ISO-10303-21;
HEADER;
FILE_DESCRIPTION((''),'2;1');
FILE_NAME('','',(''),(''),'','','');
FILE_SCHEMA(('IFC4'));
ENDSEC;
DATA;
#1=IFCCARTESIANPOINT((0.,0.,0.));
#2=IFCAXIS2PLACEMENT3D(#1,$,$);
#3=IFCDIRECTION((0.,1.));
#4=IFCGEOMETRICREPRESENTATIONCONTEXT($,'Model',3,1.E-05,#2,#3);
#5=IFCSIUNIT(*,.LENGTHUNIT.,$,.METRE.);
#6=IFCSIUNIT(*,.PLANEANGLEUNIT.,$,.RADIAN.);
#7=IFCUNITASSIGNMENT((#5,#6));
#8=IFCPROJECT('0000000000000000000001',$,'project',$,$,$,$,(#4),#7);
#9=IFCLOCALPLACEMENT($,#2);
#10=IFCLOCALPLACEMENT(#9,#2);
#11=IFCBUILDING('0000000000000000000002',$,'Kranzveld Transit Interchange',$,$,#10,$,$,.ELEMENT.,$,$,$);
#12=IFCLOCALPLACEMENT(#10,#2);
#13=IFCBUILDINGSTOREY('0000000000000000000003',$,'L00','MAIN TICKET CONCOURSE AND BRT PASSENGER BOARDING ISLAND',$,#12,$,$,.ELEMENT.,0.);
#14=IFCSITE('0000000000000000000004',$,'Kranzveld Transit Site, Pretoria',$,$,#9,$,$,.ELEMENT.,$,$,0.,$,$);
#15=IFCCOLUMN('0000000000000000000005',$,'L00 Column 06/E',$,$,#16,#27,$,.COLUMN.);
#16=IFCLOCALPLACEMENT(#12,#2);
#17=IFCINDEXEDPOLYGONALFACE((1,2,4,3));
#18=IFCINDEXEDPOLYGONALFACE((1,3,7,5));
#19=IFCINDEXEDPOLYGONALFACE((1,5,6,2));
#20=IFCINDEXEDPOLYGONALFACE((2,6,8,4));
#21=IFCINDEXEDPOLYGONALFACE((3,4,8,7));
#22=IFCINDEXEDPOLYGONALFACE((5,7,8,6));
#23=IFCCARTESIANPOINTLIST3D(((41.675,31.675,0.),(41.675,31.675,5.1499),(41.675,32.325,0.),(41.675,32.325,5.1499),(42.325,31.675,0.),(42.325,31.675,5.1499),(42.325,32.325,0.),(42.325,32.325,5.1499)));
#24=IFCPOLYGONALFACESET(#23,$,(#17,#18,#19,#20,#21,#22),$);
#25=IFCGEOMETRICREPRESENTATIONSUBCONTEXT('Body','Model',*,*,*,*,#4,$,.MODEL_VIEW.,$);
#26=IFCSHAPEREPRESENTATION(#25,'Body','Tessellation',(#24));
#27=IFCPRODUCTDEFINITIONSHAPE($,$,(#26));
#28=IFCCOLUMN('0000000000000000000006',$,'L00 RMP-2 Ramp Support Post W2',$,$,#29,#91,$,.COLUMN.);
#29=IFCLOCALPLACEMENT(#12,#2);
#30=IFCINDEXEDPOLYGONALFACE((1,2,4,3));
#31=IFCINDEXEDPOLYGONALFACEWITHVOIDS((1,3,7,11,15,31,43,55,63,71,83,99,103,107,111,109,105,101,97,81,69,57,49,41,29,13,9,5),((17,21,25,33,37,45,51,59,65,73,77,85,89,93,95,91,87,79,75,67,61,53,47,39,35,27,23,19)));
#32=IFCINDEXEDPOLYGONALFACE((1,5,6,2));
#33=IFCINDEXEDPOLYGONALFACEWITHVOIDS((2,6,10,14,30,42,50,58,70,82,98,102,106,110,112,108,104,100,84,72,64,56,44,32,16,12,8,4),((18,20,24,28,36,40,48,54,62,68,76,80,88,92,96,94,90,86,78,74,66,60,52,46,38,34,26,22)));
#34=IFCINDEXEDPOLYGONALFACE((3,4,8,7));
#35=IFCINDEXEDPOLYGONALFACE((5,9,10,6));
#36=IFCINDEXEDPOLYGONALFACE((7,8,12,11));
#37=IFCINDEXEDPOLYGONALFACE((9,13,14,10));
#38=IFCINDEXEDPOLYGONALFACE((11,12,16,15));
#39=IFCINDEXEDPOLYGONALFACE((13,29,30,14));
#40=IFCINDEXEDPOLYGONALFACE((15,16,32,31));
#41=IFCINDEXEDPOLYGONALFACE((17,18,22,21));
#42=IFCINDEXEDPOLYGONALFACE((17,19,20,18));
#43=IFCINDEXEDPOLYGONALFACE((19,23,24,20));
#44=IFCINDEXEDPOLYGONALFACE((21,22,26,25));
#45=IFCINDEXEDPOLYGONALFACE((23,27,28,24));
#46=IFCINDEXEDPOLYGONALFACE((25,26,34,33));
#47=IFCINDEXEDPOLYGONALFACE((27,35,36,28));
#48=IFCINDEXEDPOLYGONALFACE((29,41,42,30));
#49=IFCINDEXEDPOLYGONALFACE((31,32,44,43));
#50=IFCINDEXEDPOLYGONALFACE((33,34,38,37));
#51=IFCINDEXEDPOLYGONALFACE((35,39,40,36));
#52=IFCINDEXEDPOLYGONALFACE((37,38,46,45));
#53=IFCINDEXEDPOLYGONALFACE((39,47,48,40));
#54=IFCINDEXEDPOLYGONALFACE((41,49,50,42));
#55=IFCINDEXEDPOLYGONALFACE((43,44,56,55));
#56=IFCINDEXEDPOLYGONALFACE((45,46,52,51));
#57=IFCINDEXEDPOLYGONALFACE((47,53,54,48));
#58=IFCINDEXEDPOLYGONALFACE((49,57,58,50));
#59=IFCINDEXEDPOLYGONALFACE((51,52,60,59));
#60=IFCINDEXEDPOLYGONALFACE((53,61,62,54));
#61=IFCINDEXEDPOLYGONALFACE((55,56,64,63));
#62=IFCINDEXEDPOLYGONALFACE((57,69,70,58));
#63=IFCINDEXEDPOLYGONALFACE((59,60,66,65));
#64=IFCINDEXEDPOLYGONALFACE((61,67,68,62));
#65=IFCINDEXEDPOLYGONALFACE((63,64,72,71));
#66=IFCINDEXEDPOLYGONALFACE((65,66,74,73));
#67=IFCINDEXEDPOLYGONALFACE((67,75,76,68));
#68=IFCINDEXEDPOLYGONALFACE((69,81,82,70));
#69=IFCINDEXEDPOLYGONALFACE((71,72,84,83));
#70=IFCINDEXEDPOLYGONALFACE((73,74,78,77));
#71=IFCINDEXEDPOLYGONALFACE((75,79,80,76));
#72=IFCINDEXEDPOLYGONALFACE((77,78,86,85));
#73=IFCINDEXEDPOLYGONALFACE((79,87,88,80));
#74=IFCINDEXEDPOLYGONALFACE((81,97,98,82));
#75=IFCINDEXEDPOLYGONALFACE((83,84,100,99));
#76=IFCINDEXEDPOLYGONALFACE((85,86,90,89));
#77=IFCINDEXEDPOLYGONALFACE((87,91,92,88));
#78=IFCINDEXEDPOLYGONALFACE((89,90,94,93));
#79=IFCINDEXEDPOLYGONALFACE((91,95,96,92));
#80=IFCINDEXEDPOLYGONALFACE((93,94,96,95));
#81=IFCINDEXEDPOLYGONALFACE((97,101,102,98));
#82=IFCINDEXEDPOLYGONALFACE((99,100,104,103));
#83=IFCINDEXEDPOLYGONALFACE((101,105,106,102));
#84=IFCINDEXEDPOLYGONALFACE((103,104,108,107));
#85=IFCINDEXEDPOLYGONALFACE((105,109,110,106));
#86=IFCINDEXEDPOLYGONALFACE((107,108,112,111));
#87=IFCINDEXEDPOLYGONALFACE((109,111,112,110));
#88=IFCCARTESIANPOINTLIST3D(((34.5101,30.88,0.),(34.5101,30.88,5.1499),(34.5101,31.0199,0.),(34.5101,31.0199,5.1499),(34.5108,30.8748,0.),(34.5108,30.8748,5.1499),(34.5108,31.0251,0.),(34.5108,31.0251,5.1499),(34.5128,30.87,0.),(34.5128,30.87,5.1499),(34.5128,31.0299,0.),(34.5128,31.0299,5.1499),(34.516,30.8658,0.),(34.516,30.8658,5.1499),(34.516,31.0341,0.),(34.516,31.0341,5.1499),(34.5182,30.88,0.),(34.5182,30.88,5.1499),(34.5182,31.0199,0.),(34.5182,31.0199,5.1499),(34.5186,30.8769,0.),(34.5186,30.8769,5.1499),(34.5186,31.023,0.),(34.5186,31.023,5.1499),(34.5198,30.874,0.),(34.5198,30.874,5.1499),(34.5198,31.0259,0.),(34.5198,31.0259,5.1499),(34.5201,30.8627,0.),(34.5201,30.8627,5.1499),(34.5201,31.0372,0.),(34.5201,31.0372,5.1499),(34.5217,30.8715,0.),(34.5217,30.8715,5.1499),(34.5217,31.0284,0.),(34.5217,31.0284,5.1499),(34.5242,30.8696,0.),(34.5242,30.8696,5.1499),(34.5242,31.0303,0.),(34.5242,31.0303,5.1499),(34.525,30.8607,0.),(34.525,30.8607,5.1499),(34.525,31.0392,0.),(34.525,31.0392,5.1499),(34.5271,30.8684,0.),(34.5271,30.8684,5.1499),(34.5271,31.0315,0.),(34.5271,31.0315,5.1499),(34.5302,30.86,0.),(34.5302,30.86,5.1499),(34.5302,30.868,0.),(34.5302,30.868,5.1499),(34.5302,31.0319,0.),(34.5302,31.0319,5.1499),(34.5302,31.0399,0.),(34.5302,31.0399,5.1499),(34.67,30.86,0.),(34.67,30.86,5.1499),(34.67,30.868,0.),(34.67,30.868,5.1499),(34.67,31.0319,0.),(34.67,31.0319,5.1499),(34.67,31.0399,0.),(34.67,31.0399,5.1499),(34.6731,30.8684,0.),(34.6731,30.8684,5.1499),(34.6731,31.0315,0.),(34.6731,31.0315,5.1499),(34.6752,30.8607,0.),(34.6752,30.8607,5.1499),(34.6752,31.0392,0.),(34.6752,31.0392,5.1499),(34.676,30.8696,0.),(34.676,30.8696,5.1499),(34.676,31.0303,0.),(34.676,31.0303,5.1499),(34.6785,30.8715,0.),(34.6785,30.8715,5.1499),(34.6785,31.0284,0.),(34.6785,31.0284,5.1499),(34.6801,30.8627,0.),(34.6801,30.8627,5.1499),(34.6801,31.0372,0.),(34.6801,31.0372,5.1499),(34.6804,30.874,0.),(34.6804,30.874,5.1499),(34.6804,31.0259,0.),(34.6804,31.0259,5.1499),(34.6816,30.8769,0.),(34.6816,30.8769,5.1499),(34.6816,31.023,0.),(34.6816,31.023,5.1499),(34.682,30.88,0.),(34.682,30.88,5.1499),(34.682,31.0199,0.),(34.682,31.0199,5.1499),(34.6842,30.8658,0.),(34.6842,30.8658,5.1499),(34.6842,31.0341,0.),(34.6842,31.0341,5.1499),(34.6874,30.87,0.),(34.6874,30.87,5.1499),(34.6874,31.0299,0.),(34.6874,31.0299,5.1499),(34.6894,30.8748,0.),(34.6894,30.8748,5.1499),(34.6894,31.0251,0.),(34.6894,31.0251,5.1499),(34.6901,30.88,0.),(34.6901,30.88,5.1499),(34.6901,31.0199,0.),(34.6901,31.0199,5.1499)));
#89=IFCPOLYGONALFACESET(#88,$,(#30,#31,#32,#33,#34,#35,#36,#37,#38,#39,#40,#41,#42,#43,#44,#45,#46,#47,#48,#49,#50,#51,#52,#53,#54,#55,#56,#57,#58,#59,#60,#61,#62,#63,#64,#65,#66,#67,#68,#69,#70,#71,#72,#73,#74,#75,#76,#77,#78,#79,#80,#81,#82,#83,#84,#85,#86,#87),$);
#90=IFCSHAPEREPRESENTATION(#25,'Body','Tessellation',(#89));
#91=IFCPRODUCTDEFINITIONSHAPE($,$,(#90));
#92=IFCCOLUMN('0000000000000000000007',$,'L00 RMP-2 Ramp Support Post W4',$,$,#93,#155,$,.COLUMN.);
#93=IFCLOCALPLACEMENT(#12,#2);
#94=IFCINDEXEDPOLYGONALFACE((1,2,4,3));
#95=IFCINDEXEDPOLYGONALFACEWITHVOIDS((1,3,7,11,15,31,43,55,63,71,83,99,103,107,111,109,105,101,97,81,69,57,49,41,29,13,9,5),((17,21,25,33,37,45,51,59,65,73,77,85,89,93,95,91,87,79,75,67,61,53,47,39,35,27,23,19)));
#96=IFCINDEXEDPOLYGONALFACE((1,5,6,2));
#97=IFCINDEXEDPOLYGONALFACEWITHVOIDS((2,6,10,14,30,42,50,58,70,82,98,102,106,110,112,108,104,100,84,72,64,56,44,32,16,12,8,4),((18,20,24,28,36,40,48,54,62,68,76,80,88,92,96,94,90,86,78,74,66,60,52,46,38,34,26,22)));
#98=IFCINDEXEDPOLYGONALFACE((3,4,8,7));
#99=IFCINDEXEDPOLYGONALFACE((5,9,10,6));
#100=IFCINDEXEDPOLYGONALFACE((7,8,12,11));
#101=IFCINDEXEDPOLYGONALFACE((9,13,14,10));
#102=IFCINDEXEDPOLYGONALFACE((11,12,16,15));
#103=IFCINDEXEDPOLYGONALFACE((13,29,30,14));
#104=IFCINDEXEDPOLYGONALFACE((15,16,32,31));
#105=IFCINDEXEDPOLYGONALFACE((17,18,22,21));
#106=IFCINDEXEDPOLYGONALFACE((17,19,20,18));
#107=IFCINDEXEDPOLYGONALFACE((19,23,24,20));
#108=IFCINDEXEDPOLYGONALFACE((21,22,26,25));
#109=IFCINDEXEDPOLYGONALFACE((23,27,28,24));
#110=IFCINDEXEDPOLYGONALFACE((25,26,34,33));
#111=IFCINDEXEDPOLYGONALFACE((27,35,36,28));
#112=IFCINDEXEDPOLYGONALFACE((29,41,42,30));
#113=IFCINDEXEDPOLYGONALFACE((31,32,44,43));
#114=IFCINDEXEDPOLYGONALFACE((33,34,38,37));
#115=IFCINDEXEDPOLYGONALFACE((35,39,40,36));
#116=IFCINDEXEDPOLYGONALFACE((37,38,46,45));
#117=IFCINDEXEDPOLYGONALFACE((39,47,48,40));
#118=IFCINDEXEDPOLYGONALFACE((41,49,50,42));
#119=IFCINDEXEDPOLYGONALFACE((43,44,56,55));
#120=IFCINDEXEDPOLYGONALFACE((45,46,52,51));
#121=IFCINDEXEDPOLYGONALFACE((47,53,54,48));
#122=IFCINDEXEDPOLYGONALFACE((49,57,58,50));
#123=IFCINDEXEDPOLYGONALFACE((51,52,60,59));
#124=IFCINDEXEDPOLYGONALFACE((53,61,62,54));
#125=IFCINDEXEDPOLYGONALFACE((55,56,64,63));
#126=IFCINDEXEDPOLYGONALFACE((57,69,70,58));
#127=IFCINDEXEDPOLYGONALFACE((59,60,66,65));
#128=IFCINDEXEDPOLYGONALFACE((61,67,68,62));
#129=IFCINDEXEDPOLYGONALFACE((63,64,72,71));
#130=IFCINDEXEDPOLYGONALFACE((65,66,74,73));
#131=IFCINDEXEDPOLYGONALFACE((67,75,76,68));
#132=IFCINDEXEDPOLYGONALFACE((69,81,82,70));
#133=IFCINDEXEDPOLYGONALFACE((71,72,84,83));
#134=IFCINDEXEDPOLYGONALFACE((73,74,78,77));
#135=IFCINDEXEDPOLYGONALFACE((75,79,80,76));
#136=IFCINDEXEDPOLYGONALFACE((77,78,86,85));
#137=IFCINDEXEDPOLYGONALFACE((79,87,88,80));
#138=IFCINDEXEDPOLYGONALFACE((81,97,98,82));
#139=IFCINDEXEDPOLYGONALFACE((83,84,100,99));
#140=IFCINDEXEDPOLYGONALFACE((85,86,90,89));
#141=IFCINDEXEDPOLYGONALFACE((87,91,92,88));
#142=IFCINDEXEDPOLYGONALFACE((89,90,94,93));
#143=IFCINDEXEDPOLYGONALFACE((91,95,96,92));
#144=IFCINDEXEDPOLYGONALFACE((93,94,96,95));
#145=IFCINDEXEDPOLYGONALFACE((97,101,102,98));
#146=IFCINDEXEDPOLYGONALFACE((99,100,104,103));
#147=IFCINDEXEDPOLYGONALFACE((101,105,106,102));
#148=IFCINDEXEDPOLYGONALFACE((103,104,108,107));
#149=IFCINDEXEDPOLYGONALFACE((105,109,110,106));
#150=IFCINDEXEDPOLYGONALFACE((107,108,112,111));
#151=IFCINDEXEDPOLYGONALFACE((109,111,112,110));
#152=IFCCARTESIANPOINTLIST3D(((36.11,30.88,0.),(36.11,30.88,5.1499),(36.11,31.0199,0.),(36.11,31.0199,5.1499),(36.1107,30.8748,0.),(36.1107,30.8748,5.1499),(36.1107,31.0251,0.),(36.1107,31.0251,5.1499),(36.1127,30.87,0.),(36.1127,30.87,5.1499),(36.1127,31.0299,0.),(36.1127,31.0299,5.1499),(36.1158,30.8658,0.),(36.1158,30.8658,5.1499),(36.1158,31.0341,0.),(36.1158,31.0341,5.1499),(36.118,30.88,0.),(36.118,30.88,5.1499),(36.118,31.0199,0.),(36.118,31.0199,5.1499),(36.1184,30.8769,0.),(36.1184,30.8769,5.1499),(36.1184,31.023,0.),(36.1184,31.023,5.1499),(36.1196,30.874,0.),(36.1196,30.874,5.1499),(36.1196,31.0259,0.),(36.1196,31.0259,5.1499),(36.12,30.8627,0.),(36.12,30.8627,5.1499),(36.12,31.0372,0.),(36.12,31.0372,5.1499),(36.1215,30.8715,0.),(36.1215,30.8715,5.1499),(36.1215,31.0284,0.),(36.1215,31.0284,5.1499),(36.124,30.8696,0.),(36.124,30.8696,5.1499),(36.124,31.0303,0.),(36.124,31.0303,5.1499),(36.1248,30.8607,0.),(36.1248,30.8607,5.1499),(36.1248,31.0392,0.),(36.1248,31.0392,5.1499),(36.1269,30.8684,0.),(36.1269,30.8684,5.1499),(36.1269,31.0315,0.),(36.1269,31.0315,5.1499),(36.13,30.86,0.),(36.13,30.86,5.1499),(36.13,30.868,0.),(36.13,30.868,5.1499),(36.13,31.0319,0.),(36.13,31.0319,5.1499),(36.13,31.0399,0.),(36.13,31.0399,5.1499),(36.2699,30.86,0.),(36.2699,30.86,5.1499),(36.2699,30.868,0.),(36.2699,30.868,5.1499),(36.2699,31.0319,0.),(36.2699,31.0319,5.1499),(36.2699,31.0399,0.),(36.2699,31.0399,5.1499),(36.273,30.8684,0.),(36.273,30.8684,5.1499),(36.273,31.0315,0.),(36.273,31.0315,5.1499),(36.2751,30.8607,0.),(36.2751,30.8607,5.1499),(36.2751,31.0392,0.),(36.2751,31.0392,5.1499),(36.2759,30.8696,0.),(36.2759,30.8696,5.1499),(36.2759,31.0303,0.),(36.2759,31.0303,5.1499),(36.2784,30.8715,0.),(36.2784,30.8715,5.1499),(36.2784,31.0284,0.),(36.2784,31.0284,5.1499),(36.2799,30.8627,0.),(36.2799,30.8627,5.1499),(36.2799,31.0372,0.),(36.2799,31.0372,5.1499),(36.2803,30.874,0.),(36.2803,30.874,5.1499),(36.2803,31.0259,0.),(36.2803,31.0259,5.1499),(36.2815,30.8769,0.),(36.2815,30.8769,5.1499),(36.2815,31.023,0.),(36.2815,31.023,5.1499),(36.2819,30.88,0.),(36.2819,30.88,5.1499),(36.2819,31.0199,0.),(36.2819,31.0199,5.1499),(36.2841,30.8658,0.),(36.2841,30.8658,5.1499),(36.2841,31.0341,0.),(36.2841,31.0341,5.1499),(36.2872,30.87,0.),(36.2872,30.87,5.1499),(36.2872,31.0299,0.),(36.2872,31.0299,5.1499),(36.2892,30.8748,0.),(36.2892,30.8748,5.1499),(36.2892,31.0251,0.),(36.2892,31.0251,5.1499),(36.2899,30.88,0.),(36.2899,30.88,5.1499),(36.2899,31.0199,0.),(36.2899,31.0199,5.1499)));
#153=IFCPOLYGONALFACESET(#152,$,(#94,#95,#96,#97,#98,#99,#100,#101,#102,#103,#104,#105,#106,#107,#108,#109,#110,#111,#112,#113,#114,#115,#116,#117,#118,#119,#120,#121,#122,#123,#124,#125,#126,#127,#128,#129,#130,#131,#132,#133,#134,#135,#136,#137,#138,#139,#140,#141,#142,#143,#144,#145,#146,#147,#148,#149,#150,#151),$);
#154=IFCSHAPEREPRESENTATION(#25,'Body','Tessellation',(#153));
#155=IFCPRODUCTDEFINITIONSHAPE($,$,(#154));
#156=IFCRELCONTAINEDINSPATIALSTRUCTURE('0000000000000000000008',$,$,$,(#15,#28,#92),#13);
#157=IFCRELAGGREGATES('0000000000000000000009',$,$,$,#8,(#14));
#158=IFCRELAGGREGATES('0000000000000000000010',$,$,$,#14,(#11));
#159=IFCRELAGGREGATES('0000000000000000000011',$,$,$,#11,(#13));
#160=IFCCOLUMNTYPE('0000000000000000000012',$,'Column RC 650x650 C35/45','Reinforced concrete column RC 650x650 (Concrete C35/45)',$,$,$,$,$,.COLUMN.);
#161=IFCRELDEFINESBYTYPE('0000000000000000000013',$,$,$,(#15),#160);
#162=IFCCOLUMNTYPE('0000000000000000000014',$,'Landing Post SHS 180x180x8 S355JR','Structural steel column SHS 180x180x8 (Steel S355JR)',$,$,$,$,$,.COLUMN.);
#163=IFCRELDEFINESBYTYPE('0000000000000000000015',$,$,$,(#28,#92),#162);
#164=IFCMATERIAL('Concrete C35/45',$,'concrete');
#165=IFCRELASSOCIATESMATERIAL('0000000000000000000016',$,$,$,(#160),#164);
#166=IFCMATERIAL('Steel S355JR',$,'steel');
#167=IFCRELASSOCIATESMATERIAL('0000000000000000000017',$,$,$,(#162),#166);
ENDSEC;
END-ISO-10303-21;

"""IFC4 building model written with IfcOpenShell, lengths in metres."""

from ifc_helpers import new_model, si_unit, direction, frame, origin, origin_2d, place, context, subcontext, project, spatial, rectangle, hollow_rectangle, extrude, material, material_profile, profile_set, type_object, element, save


model = new_model("IFC4")

# Units and contexts
model_context = context("Model", 3, precision=1e-05, world=origin(), true_north=direction((0.0, 1.0)))
body_context = subcontext(model_context, "Body", "Model", "MODEL_VIEW")
ifc_project = project(units=[si_unit("LENGTHUNIT", "METRE"), si_unit("PLANEANGLEUNIT", "RADIAN")], contexts=[model_context])

# Site, building, storey
site_placement = place(None, origin())
site = spatial("IfcSite", under=ifc_project, at=site_placement, Name="Kranzveld Transit Site, Pretoria", CompositionType="ELEMENT", RefElevation=0.0)
building_placement = place(site_placement, origin())
building = spatial("IfcBuilding", under=site, at=building_placement, Name="Kranzveld Transit Interchange", CompositionType="ELEMENT")
storey_placement = place(building_placement, origin())
storey = spatial("IfcBuildingStorey", under=building, at=storey_placement, Name="L00", Description="MAIN TICKET CONCOURSE AND BRT PASSENGER BOARDING ISLAND", CompositionType="ELEMENT", Elevation=0.0)

# Columns
ifc_material_1 = material(Name="Concrete C35/45", Category="concrete")
ifc_material_profile_1 = material_profile(ifc_material_1, rectangle(XDim=0.6499, YDim=0.6499, at=origin_2d()), Name="RC 650x650")
ifc_profile_set_1 = profile_set([ifc_material_profile_1], Name="Concrete C35/45")
column_type_1 = type_object("IfcColumnType", Name="Column RC 650x650 C35/45", Description="Reinforced concrete column RC 650x650 (Concrete C35/45)", PredefinedType="COLUMN", material=ifc_profile_set_1)
column_placement = place(storey_placement, frame((42.0, 32.0, 0.0), z_axis=(0.0, 0.0, 1.0), x_axis=(1.0, 0.0, 0.0)))
element("IfcColumn", 1, at=column_placement, inside=storey, type_object=column_type_1, Name="L00 Column 06/E", PredefinedType="COLUMN", context=body_context, shape_type="SweptSolid", body=[
    extrude(rectangle(XDim=0.6499, YDim=0.6499, at=origin_2d()), origin(), (0.0, 0.0, 1.0), 5.1499),
])
ifc_material_2 = material(Name="Steel S355JR", Category="steel")
ifc_material_profile_2 = material_profile(ifc_material_2, hollow_rectangle(XDim=0.1799, YDim=0.1799, WallThickness=0.0081, InnerFilletRadius=0.012, OuterFilletRadius=0.02, at=origin_2d()), Name="SHS 180x180x8")
ifc_profile_set_2 = profile_set([ifc_material_profile_2], Name="Steel S355JR")
column_type_2 = type_object("IfcColumnType", Name="Landing Post SHS 180x180x8 S355JR", Description="Structural steel column SHS 180x180x8 (Steel S355JR)", PredefinedType="COLUMN", material=ifc_profile_set_2)
for number, where, z_axis, x_axis, name in (
    (2, (34.6001, 30.95, 0.0), (0.0, 0.0, 1.0), (1.0, 0.0, 0.0), "L00 RMP-2 Ramp Support Post W2"),
    (3, (36.2, 30.95, 0.0), (0.0, 0.0, 1.0), (1.0, 0.0, 0.0), "L00 RMP-2 Ramp Support Post W4"),
):
    element("IfcColumn", number, at=place(storey_placement, frame(where, z_axis=z_axis, x_axis=x_axis)), inside=storey, type_object=column_type_2, Name=name, PredefinedType="COLUMN", context=body_context, shape_type="SweptSolid", body=[
        extrude(hollow_rectangle(XDim=0.1799, YDim=0.1799, WallThickness=0.0081, InnerFilletRadius=0.012, OuterFilletRadius=0.02, at=origin_2d()), origin(), (0.0, 0.0, 1.0), 5.1499),
    ])

save(model, "model.ifc")
